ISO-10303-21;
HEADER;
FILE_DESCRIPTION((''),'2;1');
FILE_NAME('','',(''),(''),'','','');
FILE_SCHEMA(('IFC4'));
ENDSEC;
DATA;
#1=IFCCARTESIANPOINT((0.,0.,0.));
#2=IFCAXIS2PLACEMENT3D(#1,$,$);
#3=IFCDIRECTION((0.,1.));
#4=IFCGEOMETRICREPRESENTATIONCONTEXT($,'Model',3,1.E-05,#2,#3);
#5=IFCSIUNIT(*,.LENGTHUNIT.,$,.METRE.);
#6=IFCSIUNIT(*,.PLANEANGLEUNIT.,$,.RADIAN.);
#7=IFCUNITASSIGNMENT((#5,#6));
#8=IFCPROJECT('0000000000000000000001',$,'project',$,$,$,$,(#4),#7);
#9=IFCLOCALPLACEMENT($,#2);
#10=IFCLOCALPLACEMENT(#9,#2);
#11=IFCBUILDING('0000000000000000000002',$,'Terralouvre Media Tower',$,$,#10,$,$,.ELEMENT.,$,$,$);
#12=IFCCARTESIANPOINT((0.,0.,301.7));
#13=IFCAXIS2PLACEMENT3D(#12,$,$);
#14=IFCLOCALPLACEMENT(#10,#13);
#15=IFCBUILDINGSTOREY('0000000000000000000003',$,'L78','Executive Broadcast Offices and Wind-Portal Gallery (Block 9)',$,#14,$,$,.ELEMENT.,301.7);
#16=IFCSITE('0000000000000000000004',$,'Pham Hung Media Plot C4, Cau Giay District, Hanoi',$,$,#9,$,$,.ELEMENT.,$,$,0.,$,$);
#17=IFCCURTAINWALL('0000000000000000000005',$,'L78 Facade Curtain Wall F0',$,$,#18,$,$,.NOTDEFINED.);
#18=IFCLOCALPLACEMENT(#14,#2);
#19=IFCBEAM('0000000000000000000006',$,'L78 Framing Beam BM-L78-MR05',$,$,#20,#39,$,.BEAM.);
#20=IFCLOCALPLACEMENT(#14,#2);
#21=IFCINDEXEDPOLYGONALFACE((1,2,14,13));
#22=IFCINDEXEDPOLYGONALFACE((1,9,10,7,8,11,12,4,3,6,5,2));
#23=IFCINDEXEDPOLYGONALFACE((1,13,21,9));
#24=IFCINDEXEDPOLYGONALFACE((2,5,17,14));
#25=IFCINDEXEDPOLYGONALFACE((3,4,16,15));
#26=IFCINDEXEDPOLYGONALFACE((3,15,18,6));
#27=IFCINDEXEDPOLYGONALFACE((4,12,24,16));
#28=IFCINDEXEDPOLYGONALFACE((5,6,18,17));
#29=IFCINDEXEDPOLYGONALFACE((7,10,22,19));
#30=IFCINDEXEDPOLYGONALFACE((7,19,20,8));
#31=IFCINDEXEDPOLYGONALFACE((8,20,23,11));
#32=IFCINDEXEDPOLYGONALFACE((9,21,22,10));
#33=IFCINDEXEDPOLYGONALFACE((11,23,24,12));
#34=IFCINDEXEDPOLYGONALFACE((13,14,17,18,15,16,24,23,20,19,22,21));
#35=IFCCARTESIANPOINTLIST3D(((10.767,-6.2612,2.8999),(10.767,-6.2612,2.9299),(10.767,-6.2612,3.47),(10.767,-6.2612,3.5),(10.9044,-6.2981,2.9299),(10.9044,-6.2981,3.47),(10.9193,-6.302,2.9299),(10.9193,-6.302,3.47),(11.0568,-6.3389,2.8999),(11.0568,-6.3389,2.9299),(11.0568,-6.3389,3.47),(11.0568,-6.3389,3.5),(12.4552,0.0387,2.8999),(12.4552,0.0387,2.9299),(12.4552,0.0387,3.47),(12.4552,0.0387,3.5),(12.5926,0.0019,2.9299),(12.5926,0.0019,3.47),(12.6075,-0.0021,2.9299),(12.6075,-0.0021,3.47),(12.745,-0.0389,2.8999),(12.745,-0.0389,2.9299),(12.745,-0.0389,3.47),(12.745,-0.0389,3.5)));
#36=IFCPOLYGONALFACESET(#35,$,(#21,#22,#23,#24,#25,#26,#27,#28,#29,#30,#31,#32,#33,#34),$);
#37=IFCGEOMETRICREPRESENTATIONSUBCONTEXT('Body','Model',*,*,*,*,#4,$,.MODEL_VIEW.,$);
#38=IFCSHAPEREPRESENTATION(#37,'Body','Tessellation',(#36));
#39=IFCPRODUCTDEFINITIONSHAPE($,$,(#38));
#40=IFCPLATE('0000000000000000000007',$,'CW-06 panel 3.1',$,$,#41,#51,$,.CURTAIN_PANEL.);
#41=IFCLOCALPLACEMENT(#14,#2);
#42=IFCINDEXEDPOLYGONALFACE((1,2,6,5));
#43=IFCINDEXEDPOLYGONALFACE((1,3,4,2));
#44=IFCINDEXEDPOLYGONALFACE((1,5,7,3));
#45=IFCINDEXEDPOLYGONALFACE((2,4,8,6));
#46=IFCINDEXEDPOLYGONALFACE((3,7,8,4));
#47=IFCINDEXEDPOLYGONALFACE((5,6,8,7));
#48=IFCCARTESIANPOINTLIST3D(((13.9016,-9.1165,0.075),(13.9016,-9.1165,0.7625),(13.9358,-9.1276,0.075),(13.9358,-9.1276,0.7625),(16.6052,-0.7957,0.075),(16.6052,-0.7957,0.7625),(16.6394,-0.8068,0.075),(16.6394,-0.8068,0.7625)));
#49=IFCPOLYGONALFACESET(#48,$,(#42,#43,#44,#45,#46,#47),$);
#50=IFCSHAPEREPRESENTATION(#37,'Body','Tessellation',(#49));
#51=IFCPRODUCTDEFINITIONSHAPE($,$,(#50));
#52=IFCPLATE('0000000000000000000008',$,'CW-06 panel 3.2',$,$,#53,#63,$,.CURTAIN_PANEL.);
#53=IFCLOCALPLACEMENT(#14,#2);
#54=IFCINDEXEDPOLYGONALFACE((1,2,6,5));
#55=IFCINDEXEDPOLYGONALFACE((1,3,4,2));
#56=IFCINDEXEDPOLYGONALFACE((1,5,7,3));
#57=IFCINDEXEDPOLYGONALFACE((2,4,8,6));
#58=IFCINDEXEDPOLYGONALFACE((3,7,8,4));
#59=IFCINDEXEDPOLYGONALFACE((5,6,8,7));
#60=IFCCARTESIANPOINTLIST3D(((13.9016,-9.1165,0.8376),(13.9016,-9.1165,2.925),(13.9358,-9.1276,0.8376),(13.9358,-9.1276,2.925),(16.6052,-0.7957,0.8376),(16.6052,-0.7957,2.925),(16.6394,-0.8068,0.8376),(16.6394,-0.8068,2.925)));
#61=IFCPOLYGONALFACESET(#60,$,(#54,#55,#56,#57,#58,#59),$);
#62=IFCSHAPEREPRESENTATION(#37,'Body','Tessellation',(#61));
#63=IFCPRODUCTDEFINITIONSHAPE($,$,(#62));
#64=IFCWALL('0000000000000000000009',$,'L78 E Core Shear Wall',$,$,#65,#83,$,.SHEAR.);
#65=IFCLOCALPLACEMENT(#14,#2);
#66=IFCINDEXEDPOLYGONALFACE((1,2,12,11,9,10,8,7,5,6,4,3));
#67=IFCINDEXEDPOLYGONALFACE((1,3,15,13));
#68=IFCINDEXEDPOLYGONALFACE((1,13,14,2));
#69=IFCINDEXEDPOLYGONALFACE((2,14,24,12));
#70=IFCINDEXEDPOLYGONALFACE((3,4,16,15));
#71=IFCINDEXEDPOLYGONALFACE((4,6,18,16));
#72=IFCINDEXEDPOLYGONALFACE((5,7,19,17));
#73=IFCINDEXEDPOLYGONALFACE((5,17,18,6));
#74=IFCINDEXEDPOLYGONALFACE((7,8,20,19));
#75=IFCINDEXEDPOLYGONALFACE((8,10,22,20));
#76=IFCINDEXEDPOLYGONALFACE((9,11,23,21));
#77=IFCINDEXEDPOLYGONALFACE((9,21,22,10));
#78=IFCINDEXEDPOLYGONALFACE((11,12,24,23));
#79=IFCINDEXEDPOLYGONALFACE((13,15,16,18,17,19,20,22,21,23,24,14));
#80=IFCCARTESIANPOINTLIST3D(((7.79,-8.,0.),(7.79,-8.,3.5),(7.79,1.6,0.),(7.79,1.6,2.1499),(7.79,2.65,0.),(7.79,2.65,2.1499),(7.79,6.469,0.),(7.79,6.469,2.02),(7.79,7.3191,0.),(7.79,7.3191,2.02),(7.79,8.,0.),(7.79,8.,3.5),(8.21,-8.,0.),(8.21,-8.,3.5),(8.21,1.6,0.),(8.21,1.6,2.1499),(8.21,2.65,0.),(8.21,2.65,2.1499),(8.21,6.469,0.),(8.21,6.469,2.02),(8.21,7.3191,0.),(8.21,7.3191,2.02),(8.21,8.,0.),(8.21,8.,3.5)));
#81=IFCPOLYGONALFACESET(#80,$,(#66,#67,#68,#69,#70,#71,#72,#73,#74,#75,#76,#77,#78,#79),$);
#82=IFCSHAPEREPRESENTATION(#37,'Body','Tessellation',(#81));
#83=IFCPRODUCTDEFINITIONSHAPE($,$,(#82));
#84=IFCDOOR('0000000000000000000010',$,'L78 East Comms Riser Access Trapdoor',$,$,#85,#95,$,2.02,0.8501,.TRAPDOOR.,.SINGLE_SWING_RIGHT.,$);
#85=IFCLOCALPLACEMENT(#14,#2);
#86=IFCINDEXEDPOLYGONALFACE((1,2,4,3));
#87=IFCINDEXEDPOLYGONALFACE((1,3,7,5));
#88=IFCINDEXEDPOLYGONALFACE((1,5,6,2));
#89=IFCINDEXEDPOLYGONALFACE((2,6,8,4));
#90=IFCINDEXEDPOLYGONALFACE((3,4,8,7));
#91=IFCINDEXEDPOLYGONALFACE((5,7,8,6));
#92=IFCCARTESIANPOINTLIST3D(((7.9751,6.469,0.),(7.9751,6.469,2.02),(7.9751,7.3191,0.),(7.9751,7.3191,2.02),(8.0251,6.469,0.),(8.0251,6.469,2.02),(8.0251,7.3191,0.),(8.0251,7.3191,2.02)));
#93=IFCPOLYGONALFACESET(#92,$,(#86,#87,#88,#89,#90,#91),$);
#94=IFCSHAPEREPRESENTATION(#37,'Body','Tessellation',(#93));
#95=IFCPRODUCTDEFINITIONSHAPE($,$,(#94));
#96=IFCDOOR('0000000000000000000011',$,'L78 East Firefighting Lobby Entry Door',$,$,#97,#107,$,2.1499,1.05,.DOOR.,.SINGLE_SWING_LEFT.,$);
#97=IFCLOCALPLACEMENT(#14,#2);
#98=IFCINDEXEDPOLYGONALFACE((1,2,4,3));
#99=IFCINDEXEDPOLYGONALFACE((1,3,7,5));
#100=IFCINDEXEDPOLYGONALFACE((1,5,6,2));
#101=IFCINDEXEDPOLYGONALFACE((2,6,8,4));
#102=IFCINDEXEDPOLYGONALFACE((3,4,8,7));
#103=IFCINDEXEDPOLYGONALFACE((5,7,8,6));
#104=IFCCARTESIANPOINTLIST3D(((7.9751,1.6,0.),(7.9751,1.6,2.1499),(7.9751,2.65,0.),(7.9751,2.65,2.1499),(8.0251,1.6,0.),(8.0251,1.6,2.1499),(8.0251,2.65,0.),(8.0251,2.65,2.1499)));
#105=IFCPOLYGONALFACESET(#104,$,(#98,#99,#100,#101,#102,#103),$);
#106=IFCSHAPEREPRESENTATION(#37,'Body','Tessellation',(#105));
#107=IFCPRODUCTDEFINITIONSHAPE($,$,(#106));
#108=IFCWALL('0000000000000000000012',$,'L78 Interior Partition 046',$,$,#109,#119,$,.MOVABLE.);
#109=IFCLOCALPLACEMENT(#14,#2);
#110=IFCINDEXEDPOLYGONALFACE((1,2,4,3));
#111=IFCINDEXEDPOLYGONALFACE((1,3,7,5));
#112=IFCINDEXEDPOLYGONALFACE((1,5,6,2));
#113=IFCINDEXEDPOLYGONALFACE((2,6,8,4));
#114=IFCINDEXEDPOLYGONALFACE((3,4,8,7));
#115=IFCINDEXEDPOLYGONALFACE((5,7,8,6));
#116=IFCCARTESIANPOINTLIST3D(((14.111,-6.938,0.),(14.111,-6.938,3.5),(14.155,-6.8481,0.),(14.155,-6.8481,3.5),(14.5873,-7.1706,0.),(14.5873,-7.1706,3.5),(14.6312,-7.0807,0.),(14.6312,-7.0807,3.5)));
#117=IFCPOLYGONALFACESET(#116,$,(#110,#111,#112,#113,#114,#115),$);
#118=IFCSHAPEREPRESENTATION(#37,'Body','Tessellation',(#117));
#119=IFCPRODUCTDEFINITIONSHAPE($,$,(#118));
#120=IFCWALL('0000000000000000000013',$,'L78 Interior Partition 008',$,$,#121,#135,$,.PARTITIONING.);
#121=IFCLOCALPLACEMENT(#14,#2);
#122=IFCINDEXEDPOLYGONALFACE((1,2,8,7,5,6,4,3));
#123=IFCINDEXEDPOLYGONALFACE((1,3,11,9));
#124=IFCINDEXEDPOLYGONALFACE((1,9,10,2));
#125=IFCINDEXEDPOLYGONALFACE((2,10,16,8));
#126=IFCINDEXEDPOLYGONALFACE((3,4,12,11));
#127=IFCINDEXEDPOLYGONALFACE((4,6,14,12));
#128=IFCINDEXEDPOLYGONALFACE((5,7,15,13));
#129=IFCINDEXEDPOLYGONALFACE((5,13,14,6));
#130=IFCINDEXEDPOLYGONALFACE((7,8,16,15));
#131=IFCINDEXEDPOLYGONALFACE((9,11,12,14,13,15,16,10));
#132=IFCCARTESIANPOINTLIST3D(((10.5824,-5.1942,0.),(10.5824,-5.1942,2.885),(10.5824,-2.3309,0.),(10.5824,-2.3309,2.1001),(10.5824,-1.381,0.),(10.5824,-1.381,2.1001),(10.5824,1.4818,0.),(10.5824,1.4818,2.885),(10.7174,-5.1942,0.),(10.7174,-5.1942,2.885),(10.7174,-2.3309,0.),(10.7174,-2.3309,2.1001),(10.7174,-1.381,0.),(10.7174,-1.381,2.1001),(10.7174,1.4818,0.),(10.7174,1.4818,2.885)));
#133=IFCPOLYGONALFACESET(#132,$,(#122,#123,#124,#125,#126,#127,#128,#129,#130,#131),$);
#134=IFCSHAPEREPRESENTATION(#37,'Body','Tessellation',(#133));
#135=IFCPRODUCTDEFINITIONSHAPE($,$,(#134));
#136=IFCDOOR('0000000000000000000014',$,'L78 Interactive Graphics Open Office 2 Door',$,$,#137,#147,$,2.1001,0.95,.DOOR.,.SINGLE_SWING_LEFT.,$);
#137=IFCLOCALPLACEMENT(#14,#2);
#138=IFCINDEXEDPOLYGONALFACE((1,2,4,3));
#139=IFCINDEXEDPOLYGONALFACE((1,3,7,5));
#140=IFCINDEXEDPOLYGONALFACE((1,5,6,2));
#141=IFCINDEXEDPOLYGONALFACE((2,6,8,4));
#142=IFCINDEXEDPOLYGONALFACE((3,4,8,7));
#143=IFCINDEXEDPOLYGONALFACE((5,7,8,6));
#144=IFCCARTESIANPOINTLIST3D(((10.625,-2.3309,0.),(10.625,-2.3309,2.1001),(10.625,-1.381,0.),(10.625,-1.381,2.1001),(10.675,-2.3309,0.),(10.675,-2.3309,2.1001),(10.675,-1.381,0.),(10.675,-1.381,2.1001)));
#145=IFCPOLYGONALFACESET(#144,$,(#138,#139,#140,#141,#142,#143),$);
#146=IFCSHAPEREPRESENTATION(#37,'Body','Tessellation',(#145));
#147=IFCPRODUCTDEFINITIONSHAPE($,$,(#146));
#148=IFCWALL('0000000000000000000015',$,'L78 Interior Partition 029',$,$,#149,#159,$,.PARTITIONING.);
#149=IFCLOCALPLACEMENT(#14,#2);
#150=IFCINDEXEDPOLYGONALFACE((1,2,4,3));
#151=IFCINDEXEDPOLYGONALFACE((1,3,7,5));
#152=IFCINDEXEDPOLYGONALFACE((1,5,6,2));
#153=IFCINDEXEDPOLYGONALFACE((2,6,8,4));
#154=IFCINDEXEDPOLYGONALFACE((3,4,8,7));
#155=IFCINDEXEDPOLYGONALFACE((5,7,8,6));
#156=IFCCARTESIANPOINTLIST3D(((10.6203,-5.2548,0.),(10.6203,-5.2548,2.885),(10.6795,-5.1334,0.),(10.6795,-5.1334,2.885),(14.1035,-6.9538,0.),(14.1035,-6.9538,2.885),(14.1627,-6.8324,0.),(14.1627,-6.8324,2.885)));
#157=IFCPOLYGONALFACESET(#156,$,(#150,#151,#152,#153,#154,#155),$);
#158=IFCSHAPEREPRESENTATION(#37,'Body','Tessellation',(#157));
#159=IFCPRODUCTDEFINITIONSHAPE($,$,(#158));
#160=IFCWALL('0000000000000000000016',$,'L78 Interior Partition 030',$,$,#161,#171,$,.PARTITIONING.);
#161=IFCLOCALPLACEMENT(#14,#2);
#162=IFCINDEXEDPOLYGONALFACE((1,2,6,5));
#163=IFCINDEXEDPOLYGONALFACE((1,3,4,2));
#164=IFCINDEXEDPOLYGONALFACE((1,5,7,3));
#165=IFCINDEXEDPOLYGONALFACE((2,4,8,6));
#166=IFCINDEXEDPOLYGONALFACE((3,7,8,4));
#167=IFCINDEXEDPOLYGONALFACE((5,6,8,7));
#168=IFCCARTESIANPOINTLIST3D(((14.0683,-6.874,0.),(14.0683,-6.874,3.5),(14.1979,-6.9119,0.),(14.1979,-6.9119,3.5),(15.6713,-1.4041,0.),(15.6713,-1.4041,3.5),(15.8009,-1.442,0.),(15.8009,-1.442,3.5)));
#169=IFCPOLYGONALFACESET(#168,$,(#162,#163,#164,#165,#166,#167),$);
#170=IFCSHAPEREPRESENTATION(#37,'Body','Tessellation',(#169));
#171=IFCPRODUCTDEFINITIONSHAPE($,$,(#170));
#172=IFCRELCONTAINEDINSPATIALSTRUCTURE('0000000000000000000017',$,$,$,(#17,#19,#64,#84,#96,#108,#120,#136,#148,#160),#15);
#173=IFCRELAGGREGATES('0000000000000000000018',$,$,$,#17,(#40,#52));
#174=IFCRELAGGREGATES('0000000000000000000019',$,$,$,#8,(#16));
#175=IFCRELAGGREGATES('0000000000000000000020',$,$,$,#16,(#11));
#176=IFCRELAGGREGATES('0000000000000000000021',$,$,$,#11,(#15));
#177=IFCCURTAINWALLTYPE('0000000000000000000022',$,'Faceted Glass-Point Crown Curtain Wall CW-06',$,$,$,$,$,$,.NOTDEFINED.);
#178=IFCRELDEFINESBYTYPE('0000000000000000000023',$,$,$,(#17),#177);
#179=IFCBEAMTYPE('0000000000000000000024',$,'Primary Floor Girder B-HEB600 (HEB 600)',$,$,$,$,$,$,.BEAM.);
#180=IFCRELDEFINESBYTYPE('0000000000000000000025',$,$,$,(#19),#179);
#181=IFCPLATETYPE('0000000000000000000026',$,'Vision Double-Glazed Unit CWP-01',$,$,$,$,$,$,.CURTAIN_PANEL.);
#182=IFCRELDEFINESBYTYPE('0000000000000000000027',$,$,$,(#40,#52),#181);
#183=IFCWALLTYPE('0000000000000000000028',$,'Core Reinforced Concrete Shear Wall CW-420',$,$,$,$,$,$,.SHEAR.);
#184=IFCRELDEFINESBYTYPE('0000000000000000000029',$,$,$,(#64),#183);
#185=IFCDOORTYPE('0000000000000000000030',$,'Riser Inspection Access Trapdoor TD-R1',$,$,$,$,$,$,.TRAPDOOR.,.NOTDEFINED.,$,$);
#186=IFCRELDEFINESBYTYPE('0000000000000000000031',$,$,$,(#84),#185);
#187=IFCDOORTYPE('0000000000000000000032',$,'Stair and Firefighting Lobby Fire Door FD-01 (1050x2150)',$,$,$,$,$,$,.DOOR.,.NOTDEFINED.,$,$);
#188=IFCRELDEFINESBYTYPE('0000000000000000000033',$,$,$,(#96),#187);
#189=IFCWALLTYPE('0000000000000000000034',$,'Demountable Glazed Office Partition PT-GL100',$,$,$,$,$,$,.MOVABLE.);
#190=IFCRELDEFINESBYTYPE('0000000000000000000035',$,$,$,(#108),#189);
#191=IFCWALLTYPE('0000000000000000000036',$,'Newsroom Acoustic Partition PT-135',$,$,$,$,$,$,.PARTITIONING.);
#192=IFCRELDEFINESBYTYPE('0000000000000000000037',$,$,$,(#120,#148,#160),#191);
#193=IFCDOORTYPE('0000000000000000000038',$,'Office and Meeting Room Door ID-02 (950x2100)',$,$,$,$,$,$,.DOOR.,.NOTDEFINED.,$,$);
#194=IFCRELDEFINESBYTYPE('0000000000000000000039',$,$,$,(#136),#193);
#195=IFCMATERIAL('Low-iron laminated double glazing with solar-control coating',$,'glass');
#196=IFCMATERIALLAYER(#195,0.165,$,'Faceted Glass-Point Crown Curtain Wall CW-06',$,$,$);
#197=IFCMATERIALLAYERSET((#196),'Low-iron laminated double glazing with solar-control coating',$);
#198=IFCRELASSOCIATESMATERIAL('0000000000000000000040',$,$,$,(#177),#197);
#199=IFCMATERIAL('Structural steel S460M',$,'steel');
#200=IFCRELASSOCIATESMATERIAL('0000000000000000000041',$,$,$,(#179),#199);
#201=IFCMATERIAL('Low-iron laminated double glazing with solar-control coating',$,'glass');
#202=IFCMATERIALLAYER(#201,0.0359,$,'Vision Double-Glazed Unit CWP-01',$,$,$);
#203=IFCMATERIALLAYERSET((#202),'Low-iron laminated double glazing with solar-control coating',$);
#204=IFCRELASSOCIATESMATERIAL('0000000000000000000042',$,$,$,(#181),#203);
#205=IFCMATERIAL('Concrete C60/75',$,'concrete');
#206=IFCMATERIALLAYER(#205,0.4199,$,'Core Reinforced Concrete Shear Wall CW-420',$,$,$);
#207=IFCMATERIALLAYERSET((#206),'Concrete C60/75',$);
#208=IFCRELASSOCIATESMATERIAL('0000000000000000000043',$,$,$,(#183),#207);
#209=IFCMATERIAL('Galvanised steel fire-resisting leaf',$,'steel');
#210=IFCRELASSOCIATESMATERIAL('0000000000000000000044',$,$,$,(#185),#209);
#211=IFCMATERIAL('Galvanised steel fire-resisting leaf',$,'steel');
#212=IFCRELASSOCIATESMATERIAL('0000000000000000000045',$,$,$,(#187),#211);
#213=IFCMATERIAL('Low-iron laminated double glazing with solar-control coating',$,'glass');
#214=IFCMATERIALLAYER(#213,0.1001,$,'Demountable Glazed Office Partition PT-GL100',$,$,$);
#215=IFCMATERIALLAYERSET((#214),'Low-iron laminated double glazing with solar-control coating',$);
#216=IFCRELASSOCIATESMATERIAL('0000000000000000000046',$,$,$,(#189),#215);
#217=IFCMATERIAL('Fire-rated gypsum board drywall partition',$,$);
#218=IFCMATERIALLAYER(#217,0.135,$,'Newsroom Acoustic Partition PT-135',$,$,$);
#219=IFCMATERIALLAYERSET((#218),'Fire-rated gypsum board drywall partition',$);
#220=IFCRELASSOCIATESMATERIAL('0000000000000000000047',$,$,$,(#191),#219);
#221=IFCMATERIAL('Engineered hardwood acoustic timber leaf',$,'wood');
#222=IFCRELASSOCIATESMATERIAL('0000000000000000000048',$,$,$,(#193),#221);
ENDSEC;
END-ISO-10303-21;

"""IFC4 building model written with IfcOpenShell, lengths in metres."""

from ifc_helpers import new_model, si_unit, direction, frame, frame_2d, origin, origin_2d, place, context, subcontext, project, spatial, rectangle, i_section, extrude, material, layer, layer_set, material_profile, profile_set, type_object, element, fill, aggregate, save


model = new_model("IFC4")

# Units and contexts
model_context = context("Model", 3, precision=1e-05, world=origin(), true_north=direction((0.0, 1.0)))
body_context = subcontext(model_context, "Body", "Model", "MODEL_VIEW")
ifc_project = project(units=[si_unit("LENGTHUNIT", "METRE"), si_unit("PLANEANGLEUNIT", "RADIAN")], contexts=[model_context])

# Site, building, storey
site_placement = place(None, origin())
site = spatial("IfcSite", under=ifc_project, at=site_placement, Name="Pham Hung Media Plot C4, Cau Giay District, Hanoi", CompositionType="ELEMENT", RefElevation=0.0)
building_placement = place(site_placement, origin())
building = spatial("IfcBuilding", under=site, at=building_placement, Name="Terralouvre Media Tower", CompositionType="ELEMENT")
storey_placement = place(building_placement, frame((0.0, 0.0, 301.7)))
storey = spatial("IfcBuildingStorey", under=building, at=storey_placement, Name="L78", Description="Executive Broadcast Offices and Wind-Portal Gallery (Block 9)", CompositionType="ELEMENT", Elevation=301.7)

# Curtain wall
ifc_material_1 = material(Name="Low-iron laminated double glazing with solar-control coating", Category="glass")
ifc_layer_1 = layer(ifc_material_1, 0.165, Name="Faceted Glass-Point Crown Curtain Wall CW-06")
ifc_layer_set_1 = layer_set([ifc_layer_1], Name="Low-iron laminated double glazing with solar-control coating")
curtain_wall_type = type_object("IfcCurtainWallType", Name="Faceted Glass-Point Crown Curtain Wall CW-06", PredefinedType="NOTDEFINED", material=ifc_layer_set_1)
curtain_wall_placement = place(storey_placement, origin())
curtain_wall = element("IfcCurtainWall", 1, at=curtain_wall_placement, inside=storey, type_object=curtain_wall_type, Name="L78 Facade Curtain Wall F0", PredefinedType="NOTDEFINED")

# Beam
ifc_material_2 = material(Name="Structural steel S460M", Category="steel")
ifc_material_profile_1 = material_profile(ifc_material_2, i_section(OverallWidth=0.3, OverallDepth=0.6001, WebThickness=0.0154, FlangeThickness=0.03, at=origin_2d()), Name="HEB 600")
ifc_profile_set_1 = profile_set([ifc_material_profile_1], Name="Structural steel S460M")
beam_type_1 = type_object("IfcBeamType", Name="Primary Floor Girder B-HEB600 (HEB 600)", PredefinedType="BEAM", material=ifc_profile_set_1)
beam_1_placement = place(storey_placement, frame((10.9119, -6.3, 3.2), z_axis=(0.258839, 0.96592, 0.0), x_axis=(-0.96592, 0.258839, 0.0)))
element("IfcBeam", 2, at=beam_1_placement, inside=storey, type_object=beam_type_1, Name="L78 Framing Beam BM-L78-MR05", PredefinedType="BEAM", context=body_context, shape_type="SweptSolid", body=[
    extrude(i_section(OverallWidth=0.3, OverallDepth=0.6001, WebThickness=0.0154, FlangeThickness=0.03, at=origin_2d()), origin(), (0.0, 0.0, 1.0), 6.5222),
])

# Plates
ifc_material_3 = material(Name="Low-iron laminated double glazing with solar-control coating", Category="glass")
ifc_layer_2 = layer(ifc_material_3, 0.0359, Name="Vision Double-Glazed Unit CWP-01")
ifc_layer_set_2 = layer_set([ifc_layer_2], Name="Low-iron laminated double glazing with solar-control coating")
plate_type = type_object("IfcPlateType", Name="Vision Double-Glazed Unit CWP-01", PredefinedType="CURTAIN_PANEL", material=ifc_layer_set_2)
plate_1_placement = place(storey_placement, frame((15.2705, -4.9617, 0.075), z_axis=(0.0, 0.0, 1.0), x_axis=(0.309017, 0.951057, 0.0)))
plate_1 = element("IfcPlate", 3, at=plate_1_placement, type_object=plate_type, Name="CW-06 panel 3.1", PredefinedType="CURTAIN_PANEL", context=body_context, shape_type="SweptSolid", body=[
    extrude(rectangle(XDim=8.749, YDim=0.0359, at=origin_2d()), origin(), (0.0, 0.0, 1.0), 0.6875),
])
plate_2_placement = place(storey_placement, frame((15.2705, -4.9617, 0.8376), z_axis=(0.0, 0.0, 1.0), x_axis=(0.309017, 0.951057, 0.0)))
plate_2 = element("IfcPlate", 4, at=plate_2_placement, type_object=plate_type, Name="CW-06 panel 3.2", PredefinedType="CURTAIN_PANEL", context=body_context, shape_type="SweptSolid", body=[
    extrude(rectangle(XDim=8.749, YDim=0.0359, at=origin_2d()), origin(), (0.0, 0.0, 1.0), 2.0874),
])
aggregate(curtain_wall, [plate_1, plate_2])

# Wall, openings, doors
ifc_material_4 = material(Name="Concrete C60/75", Category="concrete")
ifc_layer_3 = layer(ifc_material_4, 0.4199, Name="Core Reinforced Concrete Shear Wall CW-420")
ifc_layer_set_3 = layer_set([ifc_layer_3], Name="Concrete C60/75")
wall_type_1 = type_object("IfcWallType", Name="Core Reinforced Concrete Shear Wall CW-420", PredefinedType="SHEAR", material=ifc_layer_set_3)
wall_1_placement = place(storey_placement, frame((8.0, -8.0, 0.0), z_axis=(0.0, 0.0, 1.0), x_axis=(0.0, 1.0, 0.0)))
wall_1 = element("IfcWall", 5, at=wall_1_placement, inside=storey, type_object=wall_type_1, Name="L78 E Core Shear Wall", PredefinedType="SHEAR", context=body_context, shape_type="SweptSolid", body=[
    extrude(rectangle(XDim=16.0, YDim=0.4199, at=frame_2d((8.0, 0.0))), origin(), (0.0, 0.0, 1.0), 3.5),
])
opening_1_placement = place(wall_1_placement, frame((9.6001, 0.0, 0.0)))
opening_1 = element("IfcOpeningElement", 6, at=opening_1_placement, cuts=wall_1, PredefinedType="OPENING", context=body_context, shape_type="SweptSolid", body=[
    extrude(rectangle(XDim=1.05, YDim=2.1499, at=frame_2d((0.5249, 1.075))), frame((0.0, 0.22, 0.0), z_axis=(0.0, -1.0, 0.0), x_axis=(1.0, 0.0, 0.0)), (0.0, 0.0, 1.0), 0.4399),
])
opening_2_placement = place(wall_1_placement, frame((14.469, 0.0, 0.0)))
opening_2 = element("IfcOpeningElement", 7, at=opening_2_placement, cuts=wall_1, PredefinedType="OPENING", context=body_context, shape_type="SweptSolid", body=[
    extrude(rectangle(XDim=0.8501, YDim=2.02, at=frame_2d((0.425, 1.01))), frame((0.0, 0.22, 0.0), z_axis=(0.0, -1.0, 0.0), x_axis=(1.0, 0.0, 0.0)), (0.0, 0.0, 1.0), 0.4399),
])
ifc_material_5 = material(Name="Galvanised steel fire-resisting leaf", Category="steel")
door_type_1 = type_object("IfcDoorType", Name="Riser Inspection Access Trapdoor TD-R1", OperationType="NOTDEFINED", PredefinedType="TRAPDOOR", material=ifc_material_5)
door_1_placement = place(opening_2_placement, origin())
door_1 = element("IfcDoor", 8, at=door_1_placement, inside=storey, type_object=door_type_1, Name="L78 East Comms Riser Access Trapdoor", OperationType="SINGLE_SWING_RIGHT", OverallHeight=2.02, OverallWidth=0.8501, PredefinedType="TRAPDOOR", context=body_context, shape_type="SweptSolid", body=[
    extrude(rectangle(XDim=0.8501, YDim=2.02, at=frame_2d((0.425, 1.01))), frame((0.0, 0.0249, 0.0), z_axis=(0.0, -1.0, 0.0), x_axis=(1.0, 0.0, 0.0)), (0.0, 0.0, 1.0), 0.05),
])
fill(opening_2, door_1)
ifc_material_6 = material(Name="Galvanised steel fire-resisting leaf", Category="steel")
door_type_2 = type_object("IfcDoorType", Name="Stair and Firefighting Lobby Fire Door FD-01 (1050x2150)", OperationType="NOTDEFINED", PredefinedType="DOOR", material=ifc_material_6)
door_2_placement = place(opening_1_placement, origin())
door_2 = element("IfcDoor", 9, at=door_2_placement, inside=storey, type_object=door_type_2, Name="L78 East Firefighting Lobby Entry Door", OperationType="SINGLE_SWING_LEFT", OverallHeight=2.1499, OverallWidth=1.05, PredefinedType="DOOR", context=body_context, shape_type="SweptSolid", body=[
    extrude(rectangle(XDim=1.05, YDim=2.1499, at=frame_2d((0.5249, 1.075))), frame((0.0, 0.0249, 0.0), z_axis=(0.0, -1.0, 0.0), x_axis=(1.0, 0.0, 0.0)), (0.0, 0.0, 1.0), 0.05),
])
fill(opening_1, door_2)

# Wall
ifc_material_7 = material(Name="Low-iron laminated double glazing with solar-control coating", Category="glass")
ifc_layer_4 = layer(ifc_material_7, 0.1001, Name="Demountable Glazed Office Partition PT-GL100")
ifc_layer_set_4 = layer_set([ifc_layer_4], Name="Low-iron laminated double glazing with solar-control coating")
wall_type_2 = type_object("IfcWallType", Name="Demountable Glazed Office Partition PT-GL100", PredefinedType="MOVABLE", material=ifc_layer_set_4)
wall_2_placement = place(storey_placement, frame((14.6094, -7.1257, 0.0), z_axis=(0.0, 0.0, 1.0), x_axis=(-0.898534, 0.438904, 0.0)))
element("IfcWall", 10, at=wall_2_placement, inside=storey, type_object=wall_type_2, Name="L78 Interior Partition 046", PredefinedType="MOVABLE", context=body_context, shape_type="SweptSolid", body=[
    extrude(rectangle(XDim=0.53, YDim=0.1001, at=frame_2d((0.2651, 0.0))), origin(), (0.0, 0.0, 1.0), 3.5),
])

# Wall, opening, door
ifc_material_8 = material(Name="Fire-rated gypsum board drywall partition")
ifc_layer_5 = layer(ifc_material_8, 0.135, Name="Newsroom Acoustic Partition PT-135")
ifc_layer_set_5 = layer_set([ifc_layer_5], Name="Fire-rated gypsum board drywall partition")
wall_type_3 = type_object("IfcWallType", Name="Newsroom Acoustic Partition PT-135", PredefinedType="PARTITIONING", material=ifc_layer_set_5)
wall_3_placement = place(storey_placement, frame((10.6499, -5.1941, 0.0), z_axis=(0.0, 0.0, 1.0), x_axis=(0.0, 1.0, 0.0)))
wall_3 = element("IfcWall", 11, at=wall_3_placement, inside=storey, type_object=wall_type_3, Name="L78 Interior Partition 008", PredefinedType="PARTITIONING", context=body_context, shape_type="SweptSolid", body=[
    extrude(rectangle(XDim=6.676, YDim=0.135, at=frame_2d((3.3379, 0.0))), origin(), (0.0, 0.0, 1.0), 2.885),
])
opening_3_placement = place(wall_3_placement, frame((2.863, 0.0, 0.0)))
opening_3 = element("IfcOpeningElement", 12, at=opening_3_placement, cuts=wall_3, PredefinedType="OPENING", context=body_context, shape_type="SweptSolid", body=[
    extrude(rectangle(XDim=0.95, YDim=2.1001, at=frame_2d((0.4751, 1.05))), frame((0.0, 0.0774, 0.0), z_axis=(0.0, -1.0, 0.0), x_axis=(1.0, 0.0, 0.0)), (0.0, 0.0, 1.0), 0.155),
])
ifc_material_9 = material(Name="Engineered hardwood acoustic timber leaf", Category="wood")
door_type_3 = type_object("IfcDoorType", Name="Office and Meeting Room Door ID-02 (950x2100)", OperationType="NOTDEFINED", PredefinedType="DOOR", material=ifc_material_9)
door_3_placement = place(opening_3_placement, origin())
door_3 = element("IfcDoor", 13, at=door_3_placement, inside=storey, type_object=door_type_3, Name="L78 Interactive Graphics Open Office 2 Door", OperationType="SINGLE_SWING_LEFT", OverallHeight=2.1001, OverallWidth=0.95, PredefinedType="DOOR", context=body_context, shape_type="SweptSolid", body=[
    extrude(rectangle(XDim=0.95, YDim=2.1001, at=frame_2d((0.4751, 1.05))), frame((0.0, 0.0249, 0.0), z_axis=(0.0, -1.0, 0.0), x_axis=(1.0, 0.0, 0.0)), (0.0, 0.0, 1.0), 0.05),
])
fill(opening_3, door_3)

# Walls
wall_4_placement = place(storey_placement, frame((10.6499, -5.1941, 0.0), z_axis=(0.0, 0.0, 1.0), x_axis=(0.898781, -0.438398, 0.0)))
element("IfcWall", 14, at=wall_4_placement, inside=storey, type_object=wall_type_3, Name="L78 Interior Partition 029", PredefinedType="PARTITIONING", context=body_context, shape_type="SweptSolid", body=[
    extrude(rectangle(XDim=3.8755, YDim=0.135, at=frame_2d((1.9377, 0.0))), origin(), (0.0, 0.0, 1.0), 2.885),
])
wall_5_placement = place(storey_placement, frame((14.1331, -6.8931, 0.0), z_axis=(0.0, 0.0, 1.0), x_axis=(0.281232, 0.95964, 0.0)))
element("IfcWall", 15, at=wall_5_placement, inside=storey, type_object=wall_type_3, Name="L78 Interior Partition 030", PredefinedType="PARTITIONING", context=body_context, shape_type="SweptSolid", body=[
    extrude(rectangle(XDim=5.7, YDim=0.135, at=frame_2d((2.8501, 0.0))), origin(), (0.0, 0.0, 1.0), 3.5),
])

save(model, "model.ifc")
